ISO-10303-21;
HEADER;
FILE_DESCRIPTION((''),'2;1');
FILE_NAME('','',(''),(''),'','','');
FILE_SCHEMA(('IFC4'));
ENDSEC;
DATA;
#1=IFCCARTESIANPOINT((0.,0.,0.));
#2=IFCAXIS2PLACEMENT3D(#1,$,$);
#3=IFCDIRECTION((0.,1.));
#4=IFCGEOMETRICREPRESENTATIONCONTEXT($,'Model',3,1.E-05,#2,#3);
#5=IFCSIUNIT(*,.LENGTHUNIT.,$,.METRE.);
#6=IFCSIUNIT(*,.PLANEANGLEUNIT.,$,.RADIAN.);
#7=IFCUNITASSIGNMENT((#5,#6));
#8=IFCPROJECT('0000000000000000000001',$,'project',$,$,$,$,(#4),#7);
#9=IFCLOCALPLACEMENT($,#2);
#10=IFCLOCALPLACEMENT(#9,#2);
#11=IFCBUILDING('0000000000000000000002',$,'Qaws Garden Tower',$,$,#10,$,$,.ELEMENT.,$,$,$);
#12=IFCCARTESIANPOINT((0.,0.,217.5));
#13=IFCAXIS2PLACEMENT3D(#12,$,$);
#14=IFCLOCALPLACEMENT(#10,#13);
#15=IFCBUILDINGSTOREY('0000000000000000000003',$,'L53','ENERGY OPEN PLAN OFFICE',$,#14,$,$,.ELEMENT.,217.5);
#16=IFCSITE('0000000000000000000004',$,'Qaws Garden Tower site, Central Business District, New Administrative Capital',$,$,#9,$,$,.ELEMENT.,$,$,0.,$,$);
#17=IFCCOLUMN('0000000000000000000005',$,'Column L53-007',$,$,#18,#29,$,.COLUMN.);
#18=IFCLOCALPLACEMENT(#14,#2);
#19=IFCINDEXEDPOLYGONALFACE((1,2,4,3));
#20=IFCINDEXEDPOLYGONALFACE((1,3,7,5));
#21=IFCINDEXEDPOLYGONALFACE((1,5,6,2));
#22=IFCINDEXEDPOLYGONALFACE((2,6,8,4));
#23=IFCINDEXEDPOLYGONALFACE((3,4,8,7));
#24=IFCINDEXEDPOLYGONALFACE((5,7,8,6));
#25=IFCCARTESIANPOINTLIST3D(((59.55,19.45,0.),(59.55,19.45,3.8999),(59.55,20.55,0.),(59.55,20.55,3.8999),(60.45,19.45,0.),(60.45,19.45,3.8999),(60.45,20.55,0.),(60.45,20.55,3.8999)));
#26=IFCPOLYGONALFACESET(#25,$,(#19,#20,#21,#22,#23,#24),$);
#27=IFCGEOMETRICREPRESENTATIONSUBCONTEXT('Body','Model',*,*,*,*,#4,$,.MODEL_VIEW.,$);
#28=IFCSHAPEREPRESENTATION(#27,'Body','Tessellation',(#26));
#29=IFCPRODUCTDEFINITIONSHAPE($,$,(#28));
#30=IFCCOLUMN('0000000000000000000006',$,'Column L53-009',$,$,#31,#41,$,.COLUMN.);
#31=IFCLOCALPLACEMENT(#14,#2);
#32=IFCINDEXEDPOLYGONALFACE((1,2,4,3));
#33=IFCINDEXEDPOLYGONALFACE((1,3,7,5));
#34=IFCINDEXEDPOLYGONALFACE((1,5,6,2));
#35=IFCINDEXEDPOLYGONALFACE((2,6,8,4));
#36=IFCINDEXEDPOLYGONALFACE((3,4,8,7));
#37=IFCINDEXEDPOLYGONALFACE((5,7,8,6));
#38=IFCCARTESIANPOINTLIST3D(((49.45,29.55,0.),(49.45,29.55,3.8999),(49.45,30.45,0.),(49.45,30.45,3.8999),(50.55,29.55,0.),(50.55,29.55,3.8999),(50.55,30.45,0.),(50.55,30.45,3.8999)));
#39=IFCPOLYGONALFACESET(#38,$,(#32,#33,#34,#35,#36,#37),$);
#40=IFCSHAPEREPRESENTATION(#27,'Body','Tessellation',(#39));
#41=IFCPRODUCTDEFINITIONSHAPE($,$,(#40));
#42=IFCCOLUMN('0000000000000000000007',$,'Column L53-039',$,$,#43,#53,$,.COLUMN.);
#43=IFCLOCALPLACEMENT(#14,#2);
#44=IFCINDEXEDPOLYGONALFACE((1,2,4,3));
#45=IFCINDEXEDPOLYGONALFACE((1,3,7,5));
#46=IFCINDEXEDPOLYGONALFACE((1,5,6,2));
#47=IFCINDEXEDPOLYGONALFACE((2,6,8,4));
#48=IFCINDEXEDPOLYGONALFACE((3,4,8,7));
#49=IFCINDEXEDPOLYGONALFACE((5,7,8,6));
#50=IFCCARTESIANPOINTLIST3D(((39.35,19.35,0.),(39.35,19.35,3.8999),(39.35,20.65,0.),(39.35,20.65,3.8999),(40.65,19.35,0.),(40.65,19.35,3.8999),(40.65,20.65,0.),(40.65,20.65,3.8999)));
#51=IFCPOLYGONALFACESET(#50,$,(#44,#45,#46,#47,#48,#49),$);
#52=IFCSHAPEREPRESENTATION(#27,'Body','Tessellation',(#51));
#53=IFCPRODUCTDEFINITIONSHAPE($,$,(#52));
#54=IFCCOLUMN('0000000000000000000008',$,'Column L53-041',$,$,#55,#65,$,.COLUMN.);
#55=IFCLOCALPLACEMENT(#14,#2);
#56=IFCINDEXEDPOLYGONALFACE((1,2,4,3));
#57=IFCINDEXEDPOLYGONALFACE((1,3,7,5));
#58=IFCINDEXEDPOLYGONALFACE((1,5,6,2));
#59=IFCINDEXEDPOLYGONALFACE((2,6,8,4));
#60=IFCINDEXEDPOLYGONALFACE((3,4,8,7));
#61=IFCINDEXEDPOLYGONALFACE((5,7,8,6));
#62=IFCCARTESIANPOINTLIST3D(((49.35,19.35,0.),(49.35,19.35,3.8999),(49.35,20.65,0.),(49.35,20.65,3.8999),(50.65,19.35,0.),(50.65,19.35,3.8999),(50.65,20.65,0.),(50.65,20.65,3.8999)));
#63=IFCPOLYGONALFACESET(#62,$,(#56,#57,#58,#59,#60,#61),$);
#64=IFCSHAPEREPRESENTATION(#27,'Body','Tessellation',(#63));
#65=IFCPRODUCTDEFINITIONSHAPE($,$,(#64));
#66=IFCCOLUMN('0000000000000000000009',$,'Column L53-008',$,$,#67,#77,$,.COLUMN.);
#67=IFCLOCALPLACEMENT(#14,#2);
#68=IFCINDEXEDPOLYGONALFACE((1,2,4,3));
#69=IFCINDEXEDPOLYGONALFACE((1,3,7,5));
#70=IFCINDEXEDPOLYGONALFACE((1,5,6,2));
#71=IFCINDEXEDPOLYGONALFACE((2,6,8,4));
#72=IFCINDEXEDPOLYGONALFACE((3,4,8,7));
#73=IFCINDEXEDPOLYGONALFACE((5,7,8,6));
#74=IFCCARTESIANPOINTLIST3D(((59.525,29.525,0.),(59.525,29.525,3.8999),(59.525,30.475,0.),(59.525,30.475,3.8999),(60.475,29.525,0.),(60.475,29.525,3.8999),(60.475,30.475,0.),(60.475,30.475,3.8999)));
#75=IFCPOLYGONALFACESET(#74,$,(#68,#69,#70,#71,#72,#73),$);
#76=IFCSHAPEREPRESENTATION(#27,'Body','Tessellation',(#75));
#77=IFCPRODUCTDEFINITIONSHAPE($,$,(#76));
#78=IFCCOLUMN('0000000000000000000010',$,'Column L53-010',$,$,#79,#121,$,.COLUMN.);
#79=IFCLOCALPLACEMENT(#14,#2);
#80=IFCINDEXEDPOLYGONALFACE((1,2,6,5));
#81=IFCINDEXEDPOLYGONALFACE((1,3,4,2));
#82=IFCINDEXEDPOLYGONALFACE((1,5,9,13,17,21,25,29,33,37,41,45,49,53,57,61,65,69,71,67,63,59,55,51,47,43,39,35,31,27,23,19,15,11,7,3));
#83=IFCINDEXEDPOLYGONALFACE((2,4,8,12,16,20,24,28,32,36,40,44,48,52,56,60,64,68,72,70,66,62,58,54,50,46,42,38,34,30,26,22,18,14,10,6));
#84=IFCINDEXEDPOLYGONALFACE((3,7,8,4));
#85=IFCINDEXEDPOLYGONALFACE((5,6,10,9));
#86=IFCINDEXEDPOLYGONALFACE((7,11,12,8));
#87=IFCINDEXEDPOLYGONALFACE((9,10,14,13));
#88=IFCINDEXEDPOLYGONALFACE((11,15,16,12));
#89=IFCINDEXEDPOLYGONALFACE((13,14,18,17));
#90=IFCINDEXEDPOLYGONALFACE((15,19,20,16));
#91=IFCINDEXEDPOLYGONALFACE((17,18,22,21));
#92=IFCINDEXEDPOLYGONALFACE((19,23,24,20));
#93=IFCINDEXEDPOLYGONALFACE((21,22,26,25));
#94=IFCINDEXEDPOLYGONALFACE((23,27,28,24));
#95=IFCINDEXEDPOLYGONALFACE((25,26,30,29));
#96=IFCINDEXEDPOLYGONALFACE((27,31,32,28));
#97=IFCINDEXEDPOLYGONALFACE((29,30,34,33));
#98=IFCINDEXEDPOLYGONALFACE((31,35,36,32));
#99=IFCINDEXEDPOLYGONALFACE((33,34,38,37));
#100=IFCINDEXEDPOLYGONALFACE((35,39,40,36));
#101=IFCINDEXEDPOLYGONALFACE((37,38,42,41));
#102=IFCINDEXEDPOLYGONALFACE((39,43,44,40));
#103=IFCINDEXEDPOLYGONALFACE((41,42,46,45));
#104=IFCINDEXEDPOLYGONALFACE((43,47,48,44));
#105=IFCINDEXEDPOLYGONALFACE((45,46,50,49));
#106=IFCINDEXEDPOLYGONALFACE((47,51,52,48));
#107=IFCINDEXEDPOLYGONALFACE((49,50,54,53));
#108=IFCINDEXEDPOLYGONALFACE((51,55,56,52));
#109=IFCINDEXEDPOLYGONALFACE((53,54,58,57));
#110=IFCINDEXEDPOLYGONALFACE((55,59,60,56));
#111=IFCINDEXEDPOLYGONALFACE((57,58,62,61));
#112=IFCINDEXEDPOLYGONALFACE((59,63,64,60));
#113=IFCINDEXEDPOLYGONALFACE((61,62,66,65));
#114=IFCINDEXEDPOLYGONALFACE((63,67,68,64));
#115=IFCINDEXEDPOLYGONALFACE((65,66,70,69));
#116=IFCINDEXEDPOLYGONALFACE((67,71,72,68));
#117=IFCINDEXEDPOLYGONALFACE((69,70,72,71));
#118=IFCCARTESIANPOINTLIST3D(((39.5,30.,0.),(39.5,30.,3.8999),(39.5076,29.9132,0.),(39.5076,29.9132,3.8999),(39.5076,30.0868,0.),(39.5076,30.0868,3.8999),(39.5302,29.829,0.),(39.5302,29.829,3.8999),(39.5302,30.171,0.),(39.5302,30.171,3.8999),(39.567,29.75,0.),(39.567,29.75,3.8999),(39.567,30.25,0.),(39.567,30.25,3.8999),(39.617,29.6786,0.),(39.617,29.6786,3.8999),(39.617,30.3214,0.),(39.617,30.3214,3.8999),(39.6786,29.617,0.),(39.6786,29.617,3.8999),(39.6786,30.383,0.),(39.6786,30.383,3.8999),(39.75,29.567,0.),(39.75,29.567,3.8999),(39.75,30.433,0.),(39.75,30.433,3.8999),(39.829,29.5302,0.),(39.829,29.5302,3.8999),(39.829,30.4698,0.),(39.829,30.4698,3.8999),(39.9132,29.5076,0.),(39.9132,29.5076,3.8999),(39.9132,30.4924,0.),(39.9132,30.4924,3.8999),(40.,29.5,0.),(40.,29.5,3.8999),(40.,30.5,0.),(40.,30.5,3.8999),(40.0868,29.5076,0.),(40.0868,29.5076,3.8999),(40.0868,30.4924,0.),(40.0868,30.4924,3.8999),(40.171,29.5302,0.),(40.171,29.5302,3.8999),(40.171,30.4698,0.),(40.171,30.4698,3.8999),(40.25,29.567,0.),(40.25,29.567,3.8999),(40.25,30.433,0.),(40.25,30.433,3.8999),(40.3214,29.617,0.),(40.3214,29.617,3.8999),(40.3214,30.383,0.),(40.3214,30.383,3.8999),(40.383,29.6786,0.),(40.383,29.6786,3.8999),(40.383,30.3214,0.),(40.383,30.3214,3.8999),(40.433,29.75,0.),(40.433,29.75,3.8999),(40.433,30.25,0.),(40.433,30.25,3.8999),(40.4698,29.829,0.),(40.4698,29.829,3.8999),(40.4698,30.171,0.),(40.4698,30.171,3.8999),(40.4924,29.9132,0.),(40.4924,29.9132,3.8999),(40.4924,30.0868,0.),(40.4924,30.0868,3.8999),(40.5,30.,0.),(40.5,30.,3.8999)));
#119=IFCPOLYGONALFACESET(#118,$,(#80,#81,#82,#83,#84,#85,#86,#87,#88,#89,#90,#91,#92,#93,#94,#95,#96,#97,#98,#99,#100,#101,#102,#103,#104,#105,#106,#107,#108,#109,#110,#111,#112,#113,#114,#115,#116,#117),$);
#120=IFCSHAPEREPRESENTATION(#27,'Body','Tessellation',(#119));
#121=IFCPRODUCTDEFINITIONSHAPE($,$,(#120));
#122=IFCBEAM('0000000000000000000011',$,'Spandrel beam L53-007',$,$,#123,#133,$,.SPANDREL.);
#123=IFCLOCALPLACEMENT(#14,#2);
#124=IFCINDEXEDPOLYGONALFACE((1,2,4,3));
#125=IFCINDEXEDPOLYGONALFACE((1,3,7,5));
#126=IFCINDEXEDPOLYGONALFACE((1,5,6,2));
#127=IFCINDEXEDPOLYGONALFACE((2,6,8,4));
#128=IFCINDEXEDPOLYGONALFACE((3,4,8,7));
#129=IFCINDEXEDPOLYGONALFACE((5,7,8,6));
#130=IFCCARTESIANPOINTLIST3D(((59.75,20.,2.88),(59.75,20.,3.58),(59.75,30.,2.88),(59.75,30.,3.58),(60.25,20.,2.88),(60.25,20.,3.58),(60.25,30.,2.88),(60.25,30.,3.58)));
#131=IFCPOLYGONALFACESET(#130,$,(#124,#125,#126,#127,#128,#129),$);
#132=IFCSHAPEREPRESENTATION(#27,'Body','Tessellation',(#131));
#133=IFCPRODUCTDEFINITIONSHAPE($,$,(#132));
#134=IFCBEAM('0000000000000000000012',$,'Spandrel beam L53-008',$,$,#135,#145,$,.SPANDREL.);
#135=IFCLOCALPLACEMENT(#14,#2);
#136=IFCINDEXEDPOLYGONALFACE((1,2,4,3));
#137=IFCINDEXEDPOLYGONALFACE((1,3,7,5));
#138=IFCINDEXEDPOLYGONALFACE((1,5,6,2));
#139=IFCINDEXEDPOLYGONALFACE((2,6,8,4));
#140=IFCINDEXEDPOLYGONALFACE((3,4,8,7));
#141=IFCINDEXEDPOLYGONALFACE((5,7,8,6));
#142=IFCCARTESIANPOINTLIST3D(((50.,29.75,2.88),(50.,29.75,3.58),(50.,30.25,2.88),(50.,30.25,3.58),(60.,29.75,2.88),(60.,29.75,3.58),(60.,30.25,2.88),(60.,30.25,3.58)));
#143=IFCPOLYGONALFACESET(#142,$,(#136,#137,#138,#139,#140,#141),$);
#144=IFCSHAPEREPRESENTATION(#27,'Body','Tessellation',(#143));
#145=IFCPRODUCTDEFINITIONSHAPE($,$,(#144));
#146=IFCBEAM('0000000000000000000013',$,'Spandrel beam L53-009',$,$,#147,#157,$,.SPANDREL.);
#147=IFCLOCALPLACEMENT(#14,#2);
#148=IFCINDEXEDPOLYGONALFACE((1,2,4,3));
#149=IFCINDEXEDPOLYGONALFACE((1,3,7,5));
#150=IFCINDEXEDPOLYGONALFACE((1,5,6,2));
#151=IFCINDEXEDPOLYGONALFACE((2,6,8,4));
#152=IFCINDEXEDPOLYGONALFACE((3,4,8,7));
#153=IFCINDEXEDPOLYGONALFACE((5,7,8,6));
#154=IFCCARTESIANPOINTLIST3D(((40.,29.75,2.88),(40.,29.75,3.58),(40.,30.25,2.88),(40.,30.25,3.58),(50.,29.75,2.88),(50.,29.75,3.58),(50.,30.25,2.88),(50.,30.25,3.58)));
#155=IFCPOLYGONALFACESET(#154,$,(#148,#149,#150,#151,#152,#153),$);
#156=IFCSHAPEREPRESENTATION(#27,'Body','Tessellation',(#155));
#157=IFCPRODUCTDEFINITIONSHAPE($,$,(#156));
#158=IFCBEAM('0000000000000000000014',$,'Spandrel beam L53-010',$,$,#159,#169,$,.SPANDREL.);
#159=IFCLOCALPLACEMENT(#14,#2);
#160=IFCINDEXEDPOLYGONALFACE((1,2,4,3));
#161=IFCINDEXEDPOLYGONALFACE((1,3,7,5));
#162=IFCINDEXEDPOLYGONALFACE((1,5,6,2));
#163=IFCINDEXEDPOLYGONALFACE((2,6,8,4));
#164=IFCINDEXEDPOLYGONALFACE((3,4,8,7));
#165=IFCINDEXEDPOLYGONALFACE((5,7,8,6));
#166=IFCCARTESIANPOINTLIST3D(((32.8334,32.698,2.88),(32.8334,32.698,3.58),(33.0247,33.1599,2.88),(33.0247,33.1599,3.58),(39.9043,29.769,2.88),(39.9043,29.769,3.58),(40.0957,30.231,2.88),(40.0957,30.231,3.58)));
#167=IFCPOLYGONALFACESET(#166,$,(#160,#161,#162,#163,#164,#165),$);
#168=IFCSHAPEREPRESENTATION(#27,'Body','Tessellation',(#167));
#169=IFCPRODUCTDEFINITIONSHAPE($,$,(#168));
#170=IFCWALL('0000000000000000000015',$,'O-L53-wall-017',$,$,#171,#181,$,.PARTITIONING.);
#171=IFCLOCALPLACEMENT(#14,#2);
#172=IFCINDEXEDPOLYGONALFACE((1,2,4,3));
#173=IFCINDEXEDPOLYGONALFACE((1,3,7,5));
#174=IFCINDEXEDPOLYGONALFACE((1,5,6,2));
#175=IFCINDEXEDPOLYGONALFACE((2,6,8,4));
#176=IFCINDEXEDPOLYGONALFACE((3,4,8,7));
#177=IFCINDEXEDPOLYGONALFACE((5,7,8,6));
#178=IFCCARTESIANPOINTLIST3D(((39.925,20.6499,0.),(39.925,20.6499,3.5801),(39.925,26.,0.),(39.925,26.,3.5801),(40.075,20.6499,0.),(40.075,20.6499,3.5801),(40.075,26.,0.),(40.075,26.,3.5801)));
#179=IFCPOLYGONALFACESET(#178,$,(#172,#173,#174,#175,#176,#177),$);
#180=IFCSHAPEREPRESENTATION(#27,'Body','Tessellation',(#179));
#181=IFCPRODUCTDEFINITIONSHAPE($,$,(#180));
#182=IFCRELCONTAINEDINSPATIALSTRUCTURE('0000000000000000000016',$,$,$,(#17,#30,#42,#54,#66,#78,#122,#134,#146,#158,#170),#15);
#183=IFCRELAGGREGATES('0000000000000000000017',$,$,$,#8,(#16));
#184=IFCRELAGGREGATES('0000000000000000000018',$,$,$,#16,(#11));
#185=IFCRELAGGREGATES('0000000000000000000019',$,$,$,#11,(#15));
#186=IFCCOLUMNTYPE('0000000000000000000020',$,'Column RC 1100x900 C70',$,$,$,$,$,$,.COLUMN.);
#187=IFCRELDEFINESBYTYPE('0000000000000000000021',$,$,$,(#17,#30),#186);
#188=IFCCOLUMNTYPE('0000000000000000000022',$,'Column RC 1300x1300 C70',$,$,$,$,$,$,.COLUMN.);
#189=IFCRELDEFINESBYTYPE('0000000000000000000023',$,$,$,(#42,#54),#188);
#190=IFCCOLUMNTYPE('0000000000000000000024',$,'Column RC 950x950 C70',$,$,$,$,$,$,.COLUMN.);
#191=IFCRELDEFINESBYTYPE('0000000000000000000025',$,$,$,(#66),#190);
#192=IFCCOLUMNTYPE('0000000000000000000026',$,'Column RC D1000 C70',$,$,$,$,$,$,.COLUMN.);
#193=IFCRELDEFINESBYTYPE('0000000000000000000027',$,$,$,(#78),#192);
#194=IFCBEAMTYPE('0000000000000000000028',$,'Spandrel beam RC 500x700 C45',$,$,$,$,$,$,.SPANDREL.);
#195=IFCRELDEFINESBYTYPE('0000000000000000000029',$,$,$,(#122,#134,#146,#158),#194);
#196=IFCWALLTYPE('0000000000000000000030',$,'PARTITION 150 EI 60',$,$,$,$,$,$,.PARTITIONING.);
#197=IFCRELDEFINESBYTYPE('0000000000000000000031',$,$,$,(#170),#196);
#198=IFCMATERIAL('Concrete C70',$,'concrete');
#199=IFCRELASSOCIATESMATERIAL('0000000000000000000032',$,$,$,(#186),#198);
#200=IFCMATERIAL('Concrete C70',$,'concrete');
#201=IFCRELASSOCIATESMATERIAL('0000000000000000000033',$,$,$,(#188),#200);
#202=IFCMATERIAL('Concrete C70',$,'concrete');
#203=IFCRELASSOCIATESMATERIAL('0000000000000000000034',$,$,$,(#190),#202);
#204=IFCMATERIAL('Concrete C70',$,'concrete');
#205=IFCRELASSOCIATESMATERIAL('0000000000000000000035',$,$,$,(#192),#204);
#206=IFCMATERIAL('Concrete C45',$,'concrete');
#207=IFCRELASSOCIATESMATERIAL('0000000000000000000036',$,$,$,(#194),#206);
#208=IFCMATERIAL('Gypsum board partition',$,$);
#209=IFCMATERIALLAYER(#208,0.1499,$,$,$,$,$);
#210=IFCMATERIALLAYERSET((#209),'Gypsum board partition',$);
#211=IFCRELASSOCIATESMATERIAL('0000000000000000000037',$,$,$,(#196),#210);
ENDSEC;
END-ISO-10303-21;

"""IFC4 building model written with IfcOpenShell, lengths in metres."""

from ifc_helpers import new_model, si_unit, direction, frame, frame_2d, origin, origin_2d, place, context, subcontext, project, spatial, rectangle, circle, extrude, material, layer, layer_set, material_profile, profile_set, type_object, element, save


model = new_model("IFC4")

# Units and contexts
model_context = context("Model", 3, precision=1e-05, world=origin(), true_north=direction((0.0, 1.0)))
body_context = subcontext(model_context, "Body", "Model", "MODEL_VIEW")
ifc_project = project(units=[si_unit("LENGTHUNIT", "METRE"), si_unit("PLANEANGLEUNIT", "RADIAN")], contexts=[model_context])

# Site, building, storey
site_placement = place(None, origin())
site = spatial("IfcSite", under=ifc_project, at=site_placement, Name="Qaws Garden Tower site, Central Business District, New Administrative Capital", CompositionType="ELEMENT", RefElevation=0.0)
building_placement = place(site_placement, origin())
building = spatial("IfcBuilding", under=site, at=building_placement, Name="Qaws Garden Tower", CompositionType="ELEMENT")
storey_placement = place(building_placement, frame((0.0, 0.0, 217.5)))
storey = spatial("IfcBuildingStorey", under=building, at=storey_placement, Name="L53", Description="ENERGY OPEN PLAN OFFICE", CompositionType="ELEMENT", Elevation=217.5)

# Columns
ifc_material_1 = material(Name="Concrete C70", Category="concrete")
ifc_material_profile_1 = material_profile(ifc_material_1, rectangle(XDim=1.1001, YDim=0.8999, at=origin_2d()), Name="RC 1100x900")
ifc_profile_set_1 = profile_set([ifc_material_profile_1], Name="Concrete C70")
column_type_1 = type_object("IfcColumnType", Name="Column RC 1100x900 C70", PredefinedType="COLUMN", material=ifc_profile_set_1)
for number, where, z_axis, x_axis, name in (
    (1, (60.0, 20.0, 0.0), (0.0, 0.0, 1.0), (0.0, 1.0, 0.0), "Column L53-007"),
    (2, (50.0, 30.0, 0.0), (0.0, 0.0, 1.0), (1.0, 0.0, 0.0), "Column L53-009"),
):
    element("IfcColumn", number, at=place(storey_placement, frame(where, z_axis=z_axis, x_axis=x_axis)), inside=storey, type_object=column_type_1, Name=name, PredefinedType="COLUMN", context=body_context, shape_type="SweptSolid", body=[
        extrude(rectangle(XDim=1.1001, YDim=0.8999, at=origin_2d()), origin(), (0.0, 0.0, 1.0), 3.8999),
    ])
ifc_material_2 = material(Name="Concrete C70", Category="concrete")
ifc_material_profile_2 = material_profile(ifc_material_2, rectangle(XDim=1.3, YDim=1.3, at=origin_2d()), Name="RC 1300x1300")
ifc_profile_set_2 = profile_set([ifc_material_profile_2], Name="Concrete C70")
column_type_2 = type_object("IfcColumnType", Name="Column RC 1300x1300 C70", PredefinedType="COLUMN", material=ifc_profile_set_2)
for number, where, z_axis, x_axis, name in (
    (3, (40.0, 20.0, 0.0), (0.0, 0.0, 1.0), (1.0, 0.0, 0.0), "Column L53-039"),
    (4, (50.0, 20.0, 0.0), (0.0, 0.0, 1.0), (1.0, 0.0, 0.0), "Column L53-041"),
):
    element("IfcColumn", number, at=place(storey_placement, frame(where, z_axis=z_axis, x_axis=x_axis)), inside=storey, type_object=column_type_2, Name=name, PredefinedType="COLUMN", context=body_context, shape_type="SweptSolid", body=[
        extrude(rectangle(XDim=1.3, YDim=1.3, at=origin_2d()), origin(), (0.0, 0.0, 1.0), 3.8999),
    ])
ifc_material_3 = material(Name="Concrete C70", Category="concrete")
ifc_material_profile_3 = material_profile(ifc_material_3, rectangle(XDim=0.95, YDim=0.95, at=origin_2d()), Name="RC 950x950")
ifc_profile_set_3 = profile_set([ifc_material_profile_3], Name="Concrete C70")
column_type_3 = type_object("IfcColumnType", Name="Column RC 950x950 C70", PredefinedType="COLUMN", material=ifc_profile_set_3)
column_1_placement = place(storey_placement, frame((60.0, 30.0, 0.0), z_axis=(0.0, 0.0, 1.0), x_axis=(1.0, 0.0, 0.0)))
element("IfcColumn", 5, at=column_1_placement, inside=storey, type_object=column_type_3, Name="Column L53-008", PredefinedType="COLUMN", context=body_context, shape_type="SweptSolid", body=[
    extrude(rectangle(XDim=0.95, YDim=0.95, at=origin_2d()), origin(), (0.0, 0.0, 1.0), 3.8999),
])
ifc_material_4 = material(Name="Concrete C70", Category="concrete")
ifc_material_profile_4 = material_profile(ifc_material_4, circle(Radius=0.5, at=origin_2d()), Name="RC D1000")
ifc_profile_set_4 = profile_set([ifc_material_profile_4], Name="Concrete C70")
column_type_4 = type_object("IfcColumnType", Name="Column RC D1000 C70", PredefinedType="COLUMN", material=ifc_profile_set_4)
column_2_placement = place(storey_placement, frame((40.0, 30.0, 0.0), z_axis=(0.0, 0.0, 1.0), x_axis=(1.0, 0.0, 0.0)))
element("IfcColumn", 6, at=column_2_placement, inside=storey, type_object=column_type_4, Name="Column L53-010", PredefinedType="COLUMN", context=body_context, shape_type="SweptSolid", body=[
    extrude(circle(Radius=0.5, at=origin_2d()), origin(), (0.0, 0.0, 1.0), 3.8999),
])

# Beams
ifc_material_5 = material(Name="Concrete C45", Category="concrete")
ifc_material_profile_5 = material_profile(ifc_material_5, rectangle(XDim=0.5, YDim=0.7, at=origin_2d()), Name="RC 500x700")
ifc_profile_set_5 = profile_set([ifc_material_profile_5], Name="Concrete C45")
beam_type = type_object("IfcBeamType", Name="Spandrel beam RC 500x700 C45", PredefinedType="SPANDREL", material=ifc_profile_set_5)
for number, where, z_axis, x_axis, name in (
    (7, (60.0, 20.0, 3.23), (0.0, 1.0, 0.0), (-1.0, 0.0, 0.0), "Spandrel beam L53-007"),
    (8, (60.0, 30.0, 3.23), (-1.0, 0.0, 0.0), (0.0, -1.0, 0.0), "Spandrel beam L53-008"),
    (9, (50.0, 30.0, 3.23), (-1.0, 0.0, 0.0), (0.0, -1.0, 0.0), "Spandrel beam L53-009"),
):
    element("IfcBeam", number, at=place(storey_placement, frame(where, z_axis=z_axis, x_axis=x_axis)), inside=storey, type_object=beam_type, Name=name, PredefinedType="SPANDREL", context=body_context, shape_type="SweptSolid", body=[
        extrude(rectangle(XDim=0.5, YDim=0.7, at=origin_2d()), origin(), (0.0, 0.0, 1.0), 10.0),
    ])
beam_placement = place(storey_placement, frame((40.0, 30.0, 3.23), z_axis=(-0.923878, 0.382687, 0.0), x_axis=(-0.382687, -0.923878, 0.0)))
element("IfcBeam", 10, at=beam_placement, inside=storey, type_object=beam_type, Name="Spandrel beam L53-010", PredefinedType="SPANDREL", context=body_context, shape_type="SweptSolid", body=[
    extrude(rectangle(XDim=0.5, YDim=0.7, at=origin_2d()), origin(), (0.0, 0.0, 1.0), 7.6536),
])

# Wall
ifc_material_6 = material(Name="Gypsum board partition")
ifc_layer_1 = layer(ifc_material_6, 0.1499)
ifc_layer_set_1 = layer_set([ifc_layer_1], Name="Gypsum board partition")
wall_type = type_object("IfcWallType", Name="PARTITION 150 EI 60", PredefinedType="PARTITIONING", material=ifc_layer_set_1)
wall_1_placement = place(storey_placement, frame((40.0, 20.6499, 0.0), z_axis=(0.0, 0.0, 1.0), x_axis=(0.0, 1.0, 0.0)))
element("IfcWall", 11, at=wall_1_placement, inside=storey, type_object=wall_type, Name="O-L53-wall-017", PredefinedType="PARTITIONING", context=body_context, shape_type="SweptSolid", body=[
    extrude(rectangle(XDim=5.3501, YDim=0.1499, at=frame_2d((2.675, 0.0))), origin(), (0.0, 0.0, 1.0), 3.5801),
])

save(model, "model.ifc")
